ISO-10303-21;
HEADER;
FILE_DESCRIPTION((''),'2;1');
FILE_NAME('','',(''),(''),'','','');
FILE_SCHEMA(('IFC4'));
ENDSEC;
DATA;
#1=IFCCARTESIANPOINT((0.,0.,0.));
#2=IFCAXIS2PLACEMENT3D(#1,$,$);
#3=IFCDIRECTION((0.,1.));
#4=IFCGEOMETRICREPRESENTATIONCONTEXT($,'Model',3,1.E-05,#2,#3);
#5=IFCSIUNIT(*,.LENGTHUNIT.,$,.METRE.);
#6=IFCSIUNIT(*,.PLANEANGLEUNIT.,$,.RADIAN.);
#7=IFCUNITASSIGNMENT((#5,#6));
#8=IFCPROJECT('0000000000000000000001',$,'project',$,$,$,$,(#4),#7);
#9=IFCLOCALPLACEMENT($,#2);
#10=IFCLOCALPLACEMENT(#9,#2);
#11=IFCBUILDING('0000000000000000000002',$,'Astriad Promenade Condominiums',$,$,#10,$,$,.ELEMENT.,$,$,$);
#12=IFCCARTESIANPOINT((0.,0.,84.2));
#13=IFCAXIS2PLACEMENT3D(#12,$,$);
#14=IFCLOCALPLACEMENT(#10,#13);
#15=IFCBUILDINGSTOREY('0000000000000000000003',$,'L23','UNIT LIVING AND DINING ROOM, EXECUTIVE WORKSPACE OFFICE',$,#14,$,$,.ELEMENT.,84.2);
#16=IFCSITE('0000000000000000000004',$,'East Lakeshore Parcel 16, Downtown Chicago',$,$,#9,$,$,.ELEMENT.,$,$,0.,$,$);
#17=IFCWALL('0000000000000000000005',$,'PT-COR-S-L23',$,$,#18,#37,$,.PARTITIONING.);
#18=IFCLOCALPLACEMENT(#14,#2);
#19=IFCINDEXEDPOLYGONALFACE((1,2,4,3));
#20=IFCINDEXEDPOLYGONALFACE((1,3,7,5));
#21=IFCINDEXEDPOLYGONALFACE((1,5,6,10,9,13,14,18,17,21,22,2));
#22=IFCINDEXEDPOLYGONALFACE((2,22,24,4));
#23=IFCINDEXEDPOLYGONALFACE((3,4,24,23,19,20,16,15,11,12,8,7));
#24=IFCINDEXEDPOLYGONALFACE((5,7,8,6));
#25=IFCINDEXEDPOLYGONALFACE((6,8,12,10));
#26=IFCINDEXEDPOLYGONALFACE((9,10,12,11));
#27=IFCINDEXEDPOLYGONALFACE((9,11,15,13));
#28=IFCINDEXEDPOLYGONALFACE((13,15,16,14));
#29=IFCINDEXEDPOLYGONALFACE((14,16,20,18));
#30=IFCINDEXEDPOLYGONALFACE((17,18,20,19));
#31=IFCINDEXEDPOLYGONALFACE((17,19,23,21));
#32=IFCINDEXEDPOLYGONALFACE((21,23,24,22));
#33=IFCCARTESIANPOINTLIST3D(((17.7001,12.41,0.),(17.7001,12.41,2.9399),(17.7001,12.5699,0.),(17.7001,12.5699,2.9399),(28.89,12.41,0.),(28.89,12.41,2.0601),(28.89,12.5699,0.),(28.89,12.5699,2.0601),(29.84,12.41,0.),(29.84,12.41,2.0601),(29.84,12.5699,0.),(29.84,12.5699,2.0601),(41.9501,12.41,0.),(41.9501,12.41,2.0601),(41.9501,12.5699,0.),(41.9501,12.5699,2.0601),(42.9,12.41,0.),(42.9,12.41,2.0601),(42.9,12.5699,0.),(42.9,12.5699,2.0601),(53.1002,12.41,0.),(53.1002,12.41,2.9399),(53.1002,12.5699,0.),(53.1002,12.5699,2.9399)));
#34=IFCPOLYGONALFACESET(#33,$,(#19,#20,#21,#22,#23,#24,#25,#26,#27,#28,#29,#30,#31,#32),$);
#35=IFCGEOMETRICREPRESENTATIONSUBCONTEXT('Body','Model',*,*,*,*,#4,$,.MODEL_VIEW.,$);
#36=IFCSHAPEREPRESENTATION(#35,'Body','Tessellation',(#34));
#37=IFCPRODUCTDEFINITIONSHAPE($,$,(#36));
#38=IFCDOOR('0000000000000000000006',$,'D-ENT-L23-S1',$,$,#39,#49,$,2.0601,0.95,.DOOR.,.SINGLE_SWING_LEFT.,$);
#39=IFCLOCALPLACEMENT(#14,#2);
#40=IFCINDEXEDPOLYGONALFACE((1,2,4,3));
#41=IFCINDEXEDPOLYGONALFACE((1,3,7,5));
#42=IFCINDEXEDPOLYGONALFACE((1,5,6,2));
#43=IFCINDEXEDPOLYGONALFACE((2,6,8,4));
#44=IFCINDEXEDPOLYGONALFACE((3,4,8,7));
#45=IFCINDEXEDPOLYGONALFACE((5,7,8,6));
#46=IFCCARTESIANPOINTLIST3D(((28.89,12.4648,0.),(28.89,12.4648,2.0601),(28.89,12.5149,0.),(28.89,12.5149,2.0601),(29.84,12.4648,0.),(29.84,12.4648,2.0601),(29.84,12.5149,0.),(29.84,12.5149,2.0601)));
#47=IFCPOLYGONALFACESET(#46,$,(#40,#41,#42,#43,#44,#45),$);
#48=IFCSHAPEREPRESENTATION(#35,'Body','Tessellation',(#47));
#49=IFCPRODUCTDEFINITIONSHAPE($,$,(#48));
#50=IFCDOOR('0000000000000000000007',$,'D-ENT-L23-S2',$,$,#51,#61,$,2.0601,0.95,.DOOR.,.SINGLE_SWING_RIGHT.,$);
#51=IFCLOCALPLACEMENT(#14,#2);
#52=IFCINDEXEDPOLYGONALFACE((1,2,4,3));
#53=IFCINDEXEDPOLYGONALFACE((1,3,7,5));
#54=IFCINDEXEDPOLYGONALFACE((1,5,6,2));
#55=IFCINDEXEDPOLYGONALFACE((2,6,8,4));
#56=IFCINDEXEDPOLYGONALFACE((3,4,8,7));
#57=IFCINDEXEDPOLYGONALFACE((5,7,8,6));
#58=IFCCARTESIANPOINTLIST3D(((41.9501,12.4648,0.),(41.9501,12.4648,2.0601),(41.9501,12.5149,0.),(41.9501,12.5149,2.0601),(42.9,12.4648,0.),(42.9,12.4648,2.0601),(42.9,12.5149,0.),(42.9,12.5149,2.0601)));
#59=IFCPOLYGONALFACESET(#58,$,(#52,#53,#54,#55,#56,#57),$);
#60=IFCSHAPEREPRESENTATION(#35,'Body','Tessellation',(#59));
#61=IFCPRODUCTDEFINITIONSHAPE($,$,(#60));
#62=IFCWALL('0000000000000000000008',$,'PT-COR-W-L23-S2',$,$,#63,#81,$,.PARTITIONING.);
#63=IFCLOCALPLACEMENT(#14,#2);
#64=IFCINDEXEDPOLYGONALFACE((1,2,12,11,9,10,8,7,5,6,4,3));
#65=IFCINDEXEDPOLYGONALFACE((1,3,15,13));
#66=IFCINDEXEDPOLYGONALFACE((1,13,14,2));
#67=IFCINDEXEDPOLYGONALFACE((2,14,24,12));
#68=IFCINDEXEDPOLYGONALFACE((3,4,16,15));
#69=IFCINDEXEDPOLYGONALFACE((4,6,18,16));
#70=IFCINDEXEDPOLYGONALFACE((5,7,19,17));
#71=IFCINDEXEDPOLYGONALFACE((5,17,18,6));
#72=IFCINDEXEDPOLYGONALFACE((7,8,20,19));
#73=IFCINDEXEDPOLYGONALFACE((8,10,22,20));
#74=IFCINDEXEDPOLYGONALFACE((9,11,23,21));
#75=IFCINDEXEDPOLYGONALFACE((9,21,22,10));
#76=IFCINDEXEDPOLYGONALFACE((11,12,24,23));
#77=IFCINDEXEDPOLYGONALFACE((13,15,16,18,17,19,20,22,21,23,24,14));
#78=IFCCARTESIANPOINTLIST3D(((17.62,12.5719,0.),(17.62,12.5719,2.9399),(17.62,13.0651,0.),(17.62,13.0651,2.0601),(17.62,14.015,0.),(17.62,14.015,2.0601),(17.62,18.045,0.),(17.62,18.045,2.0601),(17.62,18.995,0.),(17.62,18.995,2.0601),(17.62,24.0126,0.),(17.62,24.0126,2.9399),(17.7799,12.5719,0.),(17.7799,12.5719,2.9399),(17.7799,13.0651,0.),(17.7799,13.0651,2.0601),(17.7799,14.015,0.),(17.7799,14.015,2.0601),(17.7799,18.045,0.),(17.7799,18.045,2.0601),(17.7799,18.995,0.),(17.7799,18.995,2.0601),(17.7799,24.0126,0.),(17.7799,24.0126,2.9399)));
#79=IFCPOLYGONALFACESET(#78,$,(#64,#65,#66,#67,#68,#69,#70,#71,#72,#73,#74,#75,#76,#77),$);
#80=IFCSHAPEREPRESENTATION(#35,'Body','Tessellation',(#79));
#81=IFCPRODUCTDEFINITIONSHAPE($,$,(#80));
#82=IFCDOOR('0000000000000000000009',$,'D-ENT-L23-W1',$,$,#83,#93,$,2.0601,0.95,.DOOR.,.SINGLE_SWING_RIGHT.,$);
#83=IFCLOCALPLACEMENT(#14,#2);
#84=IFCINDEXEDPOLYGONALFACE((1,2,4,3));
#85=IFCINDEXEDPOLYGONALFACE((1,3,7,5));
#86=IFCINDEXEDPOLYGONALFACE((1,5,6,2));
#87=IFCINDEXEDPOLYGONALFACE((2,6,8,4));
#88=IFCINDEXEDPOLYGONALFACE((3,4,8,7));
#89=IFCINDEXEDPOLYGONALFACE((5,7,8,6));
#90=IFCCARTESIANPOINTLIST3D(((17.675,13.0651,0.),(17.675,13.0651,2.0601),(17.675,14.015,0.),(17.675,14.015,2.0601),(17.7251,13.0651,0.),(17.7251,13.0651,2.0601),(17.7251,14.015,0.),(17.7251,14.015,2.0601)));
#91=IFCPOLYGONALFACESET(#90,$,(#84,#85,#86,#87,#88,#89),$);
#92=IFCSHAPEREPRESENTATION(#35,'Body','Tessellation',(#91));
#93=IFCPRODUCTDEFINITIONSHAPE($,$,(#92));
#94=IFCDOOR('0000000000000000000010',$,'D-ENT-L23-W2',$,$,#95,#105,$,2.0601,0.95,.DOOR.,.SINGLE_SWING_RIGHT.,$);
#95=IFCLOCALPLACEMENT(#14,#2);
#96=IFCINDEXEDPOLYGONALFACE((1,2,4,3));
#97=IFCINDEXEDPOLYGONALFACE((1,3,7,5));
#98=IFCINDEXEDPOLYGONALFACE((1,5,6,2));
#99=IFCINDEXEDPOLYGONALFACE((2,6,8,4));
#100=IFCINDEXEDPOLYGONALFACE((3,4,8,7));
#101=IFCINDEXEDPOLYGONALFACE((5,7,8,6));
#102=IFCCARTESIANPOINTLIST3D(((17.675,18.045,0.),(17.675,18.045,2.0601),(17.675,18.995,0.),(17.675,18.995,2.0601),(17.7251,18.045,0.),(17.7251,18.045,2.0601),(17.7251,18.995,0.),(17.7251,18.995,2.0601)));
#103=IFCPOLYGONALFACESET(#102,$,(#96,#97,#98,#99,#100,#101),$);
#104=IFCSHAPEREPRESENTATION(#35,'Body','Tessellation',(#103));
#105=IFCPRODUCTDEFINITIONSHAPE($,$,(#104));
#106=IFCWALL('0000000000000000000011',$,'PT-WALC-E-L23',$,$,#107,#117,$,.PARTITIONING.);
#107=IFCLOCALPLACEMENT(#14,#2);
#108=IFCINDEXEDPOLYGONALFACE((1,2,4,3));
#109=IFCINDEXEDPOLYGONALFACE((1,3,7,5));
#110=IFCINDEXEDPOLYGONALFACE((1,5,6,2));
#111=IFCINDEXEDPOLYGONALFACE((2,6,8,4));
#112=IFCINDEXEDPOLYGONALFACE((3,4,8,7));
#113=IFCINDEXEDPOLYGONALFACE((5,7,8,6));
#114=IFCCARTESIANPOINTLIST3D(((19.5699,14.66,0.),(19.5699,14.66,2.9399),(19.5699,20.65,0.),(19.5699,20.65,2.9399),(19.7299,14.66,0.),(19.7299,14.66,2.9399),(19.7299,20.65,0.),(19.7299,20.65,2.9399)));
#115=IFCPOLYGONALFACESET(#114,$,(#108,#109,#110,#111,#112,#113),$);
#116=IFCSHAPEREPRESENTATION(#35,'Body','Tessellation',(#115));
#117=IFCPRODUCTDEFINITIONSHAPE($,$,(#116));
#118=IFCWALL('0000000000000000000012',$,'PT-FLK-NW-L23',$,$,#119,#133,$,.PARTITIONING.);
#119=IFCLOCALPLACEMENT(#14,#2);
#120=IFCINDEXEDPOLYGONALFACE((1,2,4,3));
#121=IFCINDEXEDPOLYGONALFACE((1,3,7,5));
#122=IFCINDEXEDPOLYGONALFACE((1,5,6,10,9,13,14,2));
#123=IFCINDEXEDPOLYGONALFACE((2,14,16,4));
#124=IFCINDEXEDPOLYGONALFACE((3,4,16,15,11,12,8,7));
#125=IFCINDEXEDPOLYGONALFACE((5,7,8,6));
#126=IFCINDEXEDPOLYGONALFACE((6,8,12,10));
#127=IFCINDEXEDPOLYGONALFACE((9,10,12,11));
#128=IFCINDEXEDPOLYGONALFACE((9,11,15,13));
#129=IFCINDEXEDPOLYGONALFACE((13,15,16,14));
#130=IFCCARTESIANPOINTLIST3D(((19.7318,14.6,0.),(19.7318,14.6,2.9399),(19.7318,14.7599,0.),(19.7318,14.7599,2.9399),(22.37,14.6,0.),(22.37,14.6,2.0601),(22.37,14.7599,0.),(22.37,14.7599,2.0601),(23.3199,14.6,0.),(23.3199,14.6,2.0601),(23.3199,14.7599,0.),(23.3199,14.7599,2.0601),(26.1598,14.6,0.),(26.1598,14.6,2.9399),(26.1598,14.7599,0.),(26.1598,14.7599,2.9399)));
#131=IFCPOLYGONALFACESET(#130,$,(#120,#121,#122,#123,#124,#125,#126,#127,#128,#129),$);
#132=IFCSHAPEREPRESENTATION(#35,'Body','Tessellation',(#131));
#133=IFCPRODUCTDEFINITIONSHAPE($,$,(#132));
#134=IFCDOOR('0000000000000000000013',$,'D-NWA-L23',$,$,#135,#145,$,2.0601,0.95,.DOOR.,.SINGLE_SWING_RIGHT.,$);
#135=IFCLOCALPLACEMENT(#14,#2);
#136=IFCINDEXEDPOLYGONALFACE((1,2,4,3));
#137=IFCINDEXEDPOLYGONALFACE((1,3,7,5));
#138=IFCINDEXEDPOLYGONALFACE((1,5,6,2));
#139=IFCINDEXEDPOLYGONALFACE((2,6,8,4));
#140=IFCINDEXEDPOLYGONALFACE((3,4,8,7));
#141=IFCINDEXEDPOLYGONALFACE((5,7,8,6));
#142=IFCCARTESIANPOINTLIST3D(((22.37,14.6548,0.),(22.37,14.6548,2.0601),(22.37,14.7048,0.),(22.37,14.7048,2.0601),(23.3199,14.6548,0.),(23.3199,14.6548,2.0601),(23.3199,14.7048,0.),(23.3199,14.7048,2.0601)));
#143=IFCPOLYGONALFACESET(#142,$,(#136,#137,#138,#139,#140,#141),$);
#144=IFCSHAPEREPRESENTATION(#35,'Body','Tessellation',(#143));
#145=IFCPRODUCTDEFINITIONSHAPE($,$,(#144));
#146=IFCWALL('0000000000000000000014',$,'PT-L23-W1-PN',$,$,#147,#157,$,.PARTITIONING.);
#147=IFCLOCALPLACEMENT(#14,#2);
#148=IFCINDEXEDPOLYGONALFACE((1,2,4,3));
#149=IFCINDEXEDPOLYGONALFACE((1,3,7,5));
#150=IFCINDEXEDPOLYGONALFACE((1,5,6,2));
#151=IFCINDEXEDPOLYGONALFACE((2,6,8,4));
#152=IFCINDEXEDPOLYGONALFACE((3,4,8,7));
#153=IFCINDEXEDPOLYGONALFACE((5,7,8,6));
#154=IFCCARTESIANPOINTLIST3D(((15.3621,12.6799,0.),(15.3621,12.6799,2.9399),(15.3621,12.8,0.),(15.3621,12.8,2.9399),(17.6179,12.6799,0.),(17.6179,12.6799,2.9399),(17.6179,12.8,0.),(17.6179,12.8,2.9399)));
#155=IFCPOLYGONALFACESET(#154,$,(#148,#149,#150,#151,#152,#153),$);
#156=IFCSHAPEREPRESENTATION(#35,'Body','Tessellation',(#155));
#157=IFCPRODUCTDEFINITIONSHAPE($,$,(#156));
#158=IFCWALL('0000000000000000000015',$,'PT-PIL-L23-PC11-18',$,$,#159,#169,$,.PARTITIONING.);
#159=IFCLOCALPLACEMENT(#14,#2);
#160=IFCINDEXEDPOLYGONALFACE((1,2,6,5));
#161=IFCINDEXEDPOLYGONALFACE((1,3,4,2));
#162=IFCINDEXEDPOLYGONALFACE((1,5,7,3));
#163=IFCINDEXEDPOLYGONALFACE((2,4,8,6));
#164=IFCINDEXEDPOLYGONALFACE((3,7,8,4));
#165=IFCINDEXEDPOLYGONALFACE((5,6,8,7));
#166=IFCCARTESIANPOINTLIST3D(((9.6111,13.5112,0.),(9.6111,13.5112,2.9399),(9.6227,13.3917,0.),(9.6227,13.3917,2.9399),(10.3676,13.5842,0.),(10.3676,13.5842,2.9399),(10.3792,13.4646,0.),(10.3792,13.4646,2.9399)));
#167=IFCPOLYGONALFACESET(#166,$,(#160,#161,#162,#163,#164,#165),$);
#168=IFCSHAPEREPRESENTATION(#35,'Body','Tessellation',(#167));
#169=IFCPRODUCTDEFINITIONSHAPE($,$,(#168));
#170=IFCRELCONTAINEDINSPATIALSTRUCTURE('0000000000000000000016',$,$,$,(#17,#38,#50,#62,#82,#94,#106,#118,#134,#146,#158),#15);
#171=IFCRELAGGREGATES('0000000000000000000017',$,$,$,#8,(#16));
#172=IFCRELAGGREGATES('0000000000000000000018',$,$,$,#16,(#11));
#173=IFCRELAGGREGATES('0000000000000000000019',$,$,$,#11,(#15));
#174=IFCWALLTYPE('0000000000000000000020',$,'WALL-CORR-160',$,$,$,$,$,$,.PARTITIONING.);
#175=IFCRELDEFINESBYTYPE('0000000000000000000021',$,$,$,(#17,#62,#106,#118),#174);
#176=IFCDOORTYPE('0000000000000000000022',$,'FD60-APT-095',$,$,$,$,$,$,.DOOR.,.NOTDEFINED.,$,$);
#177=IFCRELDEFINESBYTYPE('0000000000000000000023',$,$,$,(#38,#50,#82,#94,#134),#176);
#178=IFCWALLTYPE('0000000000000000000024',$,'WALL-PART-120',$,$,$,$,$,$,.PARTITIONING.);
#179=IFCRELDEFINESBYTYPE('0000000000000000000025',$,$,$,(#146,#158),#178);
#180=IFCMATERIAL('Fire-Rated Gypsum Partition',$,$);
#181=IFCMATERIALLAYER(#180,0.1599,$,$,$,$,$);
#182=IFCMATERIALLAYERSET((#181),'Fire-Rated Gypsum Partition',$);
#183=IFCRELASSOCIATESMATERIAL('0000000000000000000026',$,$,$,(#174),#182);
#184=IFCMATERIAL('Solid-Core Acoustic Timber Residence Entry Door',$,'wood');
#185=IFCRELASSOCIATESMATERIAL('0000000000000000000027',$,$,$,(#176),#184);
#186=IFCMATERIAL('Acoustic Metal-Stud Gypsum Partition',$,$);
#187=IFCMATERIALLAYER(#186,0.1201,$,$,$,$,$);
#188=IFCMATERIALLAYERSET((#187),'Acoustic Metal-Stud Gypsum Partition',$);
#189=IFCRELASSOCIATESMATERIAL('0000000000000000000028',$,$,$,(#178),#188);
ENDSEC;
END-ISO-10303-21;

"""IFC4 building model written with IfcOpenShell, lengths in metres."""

from ifc_helpers import new_model, si_unit, direction, frame, frame_2d, origin, place, context, subcontext, project, spatial, rectangle, extrude, source, transform, mapped, material, layer, layer_set, type_object, type_shapes, element, fill, save


model = new_model("IFC4")

# Units and contexts
model_context = context("Model", 3, precision=1e-05, world=origin(), true_north=direction((0.0, 1.0)))
body_context = subcontext(model_context, "Body", "Model", "MODEL_VIEW")
ifc_project = project(units=[si_unit("LENGTHUNIT", "METRE"), si_unit("PLANEANGLEUNIT", "RADIAN")], contexts=[model_context])

# Site, building, storey
site_placement = place(None, origin())
site = spatial("IfcSite", under=ifc_project, at=site_placement, Name="East Lakeshore Parcel 16, Downtown Chicago", CompositionType="ELEMENT", RefElevation=0.0)
building_placement = place(site_placement, origin())
building = spatial("IfcBuilding", under=site, at=building_placement, Name="Astriad Promenade Condominiums", CompositionType="ELEMENT")
storey_placement = place(building_placement, frame((0.0, 0.0, 84.2)))
storey = spatial("IfcBuildingStorey", under=building, at=storey_placement, Name="L23", Description="UNIT LIVING AND DINING ROOM, EXECUTIVE WORKSPACE OFFICE", CompositionType="ELEMENT", Elevation=84.2)

# Walls, openings, doors
ifc_material_1 = material(Name="Fire-Rated Gypsum Partition")
ifc_layer_1 = layer(ifc_material_1, 0.1599)
ifc_layer_set_1 = layer_set([ifc_layer_1], Name="Fire-Rated Gypsum Partition")
wall_type_1 = type_object("IfcWallType", Name="WALL-CORR-160", PredefinedType="PARTITIONING", material=ifc_layer_set_1)
wall_1_placement = place(storey_placement, frame((17.7, 12.49, 0.0), z_axis=(0.0, 0.0, 1.0), x_axis=(1.0, 0.0, 0.0)))
wall_1 = element("IfcWall", 1, at=wall_1_placement, inside=storey, type_object=wall_type_1, Name="PT-COR-S-L23", PredefinedType="PARTITIONING", context=body_context, shape_type="SweptSolid", body=[
    extrude(rectangle(XDim=35.4001, YDim=0.1599, at=frame_2d((17.7002, 0.0))), origin(), (0.0, 0.0, 1.0), 2.9399),
])
opening_1_placement = place(wall_1_placement, frame((11.1899, 0.0, 0.0)))
opening_1 = element("IfcOpeningElement", 2, at=opening_1_placement, cuts=wall_1, PredefinedType="OPENING", context=body_context, shape_type="SweptSolid", body=[
    extrude(rectangle(XDim=0.95, YDim=2.0601, at=frame_2d((0.4751, 1.03))), frame((0.0, 0.0898, 0.0), z_axis=(0.0, -1.0, 0.0), x_axis=(1.0, 0.0, 0.0)), (0.0, 0.0, 1.0), 0.1799),
])
opening_2_placement = place(wall_1_placement, frame((24.25, 0.0, 0.0)))
opening_2 = element("IfcOpeningElement", 3, at=opening_2_placement, cuts=wall_1, PredefinedType="OPENING", context=body_context, shape_type="SweptSolid", body=[
    extrude(rectangle(XDim=0.95, YDim=2.0601, at=frame_2d((0.4751, 1.03))), frame((0.0, 0.0898, 0.0), z_axis=(0.0, -1.0, 0.0), x_axis=(1.0, 0.0, 0.0)), (0.0, 0.0, 1.0), 0.1799),
])
ifc_material_2 = material(Name="Solid-Core Acoustic Timber Residence Entry Door", Category="wood")
door_type = type_object("IfcDoorType", Name="FD60-APT-095", OperationType="NOTDEFINED", PredefinedType="DOOR", material=ifc_material_2)
shared_shape_1 = source(origin(), body_context, "Body", "SweptSolid", [
    extrude(rectangle(XDim=0.95, YDim=2.0601, at=frame_2d((0.4751, 1.03))), frame((0.0, 0.0249, 0.0), z_axis=(0.0, -1.0, 0.0), x_axis=(1.0, 0.0, 0.0)), (0.0, 0.0, 1.0), 0.05),
])
type_shapes(door_type, [shared_shape_1])
door_1_placement = place(opening_1_placement, origin())
door_1 = element("IfcDoor", 4, at=door_1_placement, inside=storey, type_object=door_type, Name="D-ENT-L23-S1", OperationType="SINGLE_SWING_LEFT", OverallHeight=2.0601, OverallWidth=0.95, PredefinedType="DOOR", context=body_context, shape_type="MappedRepresentation", body=[
    mapped(shared_shape_1, transform((0.0, 0.0, 0.0), scale=1.0)),
])
fill(opening_1, door_1)
door_2_placement = place(opening_2_placement, origin())
door_2 = element("IfcDoor", 5, at=door_2_placement, inside=storey, type_object=door_type, Name="D-ENT-L23-S2", OperationType="SINGLE_SWING_RIGHT", OverallHeight=2.0601, OverallWidth=0.95, PredefinedType="DOOR", context=body_context, shape_type="MappedRepresentation", body=[
    mapped(shared_shape_1, transform((0.0, 0.0, 0.0), scale=1.0)),
])
fill(opening_2, door_2)
wall_2_placement = place(storey_placement, frame((17.7, 12.572, 0.0), z_axis=(0.0, 0.0, 1.0), x_axis=(0.0, 1.0, 0.0)))
wall_2 = element("IfcWall", 6, at=wall_2_placement, inside=storey, type_object=wall_type_1, Name="PT-COR-W-L23-S2", PredefinedType="PARTITIONING", context=body_context, shape_type="SweptSolid", body=[
    extrude(rectangle(XDim=11.4407, YDim=0.1599, at=frame_2d((5.7202, 0.0))), origin(), (0.0, 0.0, 1.0), 2.9399),
])
opening_3_placement = place(wall_2_placement, frame((0.4929, 0.0, 0.0)))
opening_3 = element("IfcOpeningElement", 7, at=opening_3_placement, cuts=wall_2, PredefinedType="OPENING", context=body_context, shape_type="SweptSolid", body=[
    extrude(rectangle(XDim=0.95, YDim=2.0601, at=frame_2d((0.4751, 1.03))), frame((0.0, 0.0898, 0.0), z_axis=(0.0, -1.0, 0.0), x_axis=(1.0, 0.0, 0.0)), (0.0, 0.0, 1.0), 0.1799),
])
opening_4_placement = place(wall_2_placement, frame((5.4729, 0.0, 0.0)))
opening_4 = element("IfcOpeningElement", 8, at=opening_4_placement, cuts=wall_2, PredefinedType="OPENING", context=body_context, shape_type="SweptSolid", body=[
    extrude(rectangle(XDim=0.95, YDim=2.0601, at=frame_2d((0.4751, 1.03))), frame((0.0, 0.0898, 0.0), z_axis=(0.0, -1.0, 0.0), x_axis=(1.0, 0.0, 0.0)), (0.0, 0.0, 1.0), 0.1799),
])
door_3_placement = place(opening_3_placement, origin())
door_3 = element("IfcDoor", 9, at=door_3_placement, inside=storey, type_object=door_type, Name="D-ENT-L23-W1", OperationType="SINGLE_SWING_RIGHT", OverallHeight=2.0601, OverallWidth=0.95, PredefinedType="DOOR", context=body_context, shape_type="MappedRepresentation", body=[
    mapped(shared_shape_1, transform((0.0, 0.0, 0.0), scale=1.0)),
])
fill(opening_3, door_3)
door_4_placement = place(opening_4_placement, origin())
door_4 = element("IfcDoor", 10, at=door_4_placement, inside=storey, type_object=door_type, Name="D-ENT-L23-W2", OperationType="SINGLE_SWING_RIGHT", OverallHeight=2.0601, OverallWidth=0.95, PredefinedType="DOOR", context=body_context, shape_type="MappedRepresentation", body=[
    mapped(shared_shape_1, transform((0.0, 0.0, 0.0), scale=1.0)),
])
fill(opening_4, door_4)

# Wall
wall_3_placement = place(storey_placement, frame((19.6499, 14.6599, 0.0), z_axis=(0.0, 0.0, 1.0), x_axis=(0.0, 1.0, 0.0)))
element("IfcWall", 11, at=wall_3_placement, inside=storey, type_object=wall_type_1, Name="PT-WALC-E-L23", PredefinedType="PARTITIONING", context=body_context, shape_type="SweptSolid", body=[
    extrude(rectangle(XDim=5.99, YDim=0.1599, at=frame_2d((2.9951, 0.0))), origin(), (0.0, 0.0, 1.0), 2.9399),
])

# Wall, opening, door
wall_4_placement = place(storey_placement, frame((19.7319, 14.6799, 0.0), z_axis=(0.0, 0.0, 1.0), x_axis=(1.0, 0.0, 0.0)))
wall_4 = element("IfcWall", 12, at=wall_4_placement, inside=storey, type_object=wall_type_1, Name="PT-FLK-NW-L23", PredefinedType="PARTITIONING", context=body_context, shape_type="SweptSolid", body=[
    extrude(rectangle(XDim=6.428, YDim=0.1599, at=frame_2d((3.2139, 0.0))), origin(), (0.0, 0.0, 1.0), 2.9399),
])
opening_5_placement = place(wall_4_placement, frame((2.6379, 0.0, 0.0)))
opening_5 = element("IfcOpeningElement", 13, at=opening_5_placement, cuts=wall_4, PredefinedType="OPENING", context=body_context, shape_type="SweptSolid", body=[
    extrude(rectangle(XDim=0.95, YDim=2.0601, at=frame_2d((0.4751, 1.03))), frame((0.0, 0.0898, 0.0), z_axis=(0.0, -1.0, 0.0), x_axis=(1.0, 0.0, 0.0)), (0.0, 0.0, 1.0), 0.1799),
])
door_5_placement = place(opening_5_placement, origin())
door_5 = element("IfcDoor", 14, at=door_5_placement, inside=storey, type_object=door_type, Name="D-NWA-L23", OperationType="SINGLE_SWING_RIGHT", OverallHeight=2.0601, OverallWidth=0.95, PredefinedType="DOOR", context=body_context, shape_type="MappedRepresentation", body=[
    mapped(shared_shape_1, transform((0.0, 0.0, 0.0), scale=1.0)),
])
fill(opening_5, door_5)

# Walls
ifc_material_3 = material(Name="Acoustic Metal-Stud Gypsum Partition")
ifc_layer_2 = layer(ifc_material_3, 0.1201)
ifc_layer_set_2 = layer_set([ifc_layer_2], Name="Acoustic Metal-Stud Gypsum Partition")
wall_type_2 = type_object("IfcWallType", Name="WALL-PART-120", PredefinedType="PARTITIONING", material=ifc_layer_set_2)
wall_5_placement = place(storey_placement, frame((15.3621, 12.74, 0.0), z_axis=(0.0, 0.0, 1.0), x_axis=(1.0, 0.0, 0.0)))
element("IfcWall", 15, at=wall_5_placement, inside=storey, type_object=wall_type_2, Name="PT-L23-W1-PN", PredefinedType="PARTITIONING", context=body_context, shape_type="SweptSolid", body=[
    extrude(rectangle(XDim=2.2559, YDim=0.1201, at=frame_2d((1.1279, 0.0))), origin(), (0.0, 0.0, 1.0), 2.9399),
])
wall_6_placement = place(storey_placement, frame((10.3733, 13.5244, 0.0), z_axis=(0.0, 0.0, 1.0), x_axis=(-0.995378, -0.096037, 0.0)))
element("IfcWall", 16, at=wall_6_placement, inside=storey, type_object=wall_type_2, Name="PT-PIL-L23-PC11-18", PredefinedType="PARTITIONING", context=body_context, shape_type="SweptSolid", body=[
    extrude(rectangle(XDim=0.76, YDim=0.1201, at=frame_2d((0.3799, 0.0))), origin(), (0.0, 0.0, 1.0), 2.9399),
])

save(model, "model.ifc")
